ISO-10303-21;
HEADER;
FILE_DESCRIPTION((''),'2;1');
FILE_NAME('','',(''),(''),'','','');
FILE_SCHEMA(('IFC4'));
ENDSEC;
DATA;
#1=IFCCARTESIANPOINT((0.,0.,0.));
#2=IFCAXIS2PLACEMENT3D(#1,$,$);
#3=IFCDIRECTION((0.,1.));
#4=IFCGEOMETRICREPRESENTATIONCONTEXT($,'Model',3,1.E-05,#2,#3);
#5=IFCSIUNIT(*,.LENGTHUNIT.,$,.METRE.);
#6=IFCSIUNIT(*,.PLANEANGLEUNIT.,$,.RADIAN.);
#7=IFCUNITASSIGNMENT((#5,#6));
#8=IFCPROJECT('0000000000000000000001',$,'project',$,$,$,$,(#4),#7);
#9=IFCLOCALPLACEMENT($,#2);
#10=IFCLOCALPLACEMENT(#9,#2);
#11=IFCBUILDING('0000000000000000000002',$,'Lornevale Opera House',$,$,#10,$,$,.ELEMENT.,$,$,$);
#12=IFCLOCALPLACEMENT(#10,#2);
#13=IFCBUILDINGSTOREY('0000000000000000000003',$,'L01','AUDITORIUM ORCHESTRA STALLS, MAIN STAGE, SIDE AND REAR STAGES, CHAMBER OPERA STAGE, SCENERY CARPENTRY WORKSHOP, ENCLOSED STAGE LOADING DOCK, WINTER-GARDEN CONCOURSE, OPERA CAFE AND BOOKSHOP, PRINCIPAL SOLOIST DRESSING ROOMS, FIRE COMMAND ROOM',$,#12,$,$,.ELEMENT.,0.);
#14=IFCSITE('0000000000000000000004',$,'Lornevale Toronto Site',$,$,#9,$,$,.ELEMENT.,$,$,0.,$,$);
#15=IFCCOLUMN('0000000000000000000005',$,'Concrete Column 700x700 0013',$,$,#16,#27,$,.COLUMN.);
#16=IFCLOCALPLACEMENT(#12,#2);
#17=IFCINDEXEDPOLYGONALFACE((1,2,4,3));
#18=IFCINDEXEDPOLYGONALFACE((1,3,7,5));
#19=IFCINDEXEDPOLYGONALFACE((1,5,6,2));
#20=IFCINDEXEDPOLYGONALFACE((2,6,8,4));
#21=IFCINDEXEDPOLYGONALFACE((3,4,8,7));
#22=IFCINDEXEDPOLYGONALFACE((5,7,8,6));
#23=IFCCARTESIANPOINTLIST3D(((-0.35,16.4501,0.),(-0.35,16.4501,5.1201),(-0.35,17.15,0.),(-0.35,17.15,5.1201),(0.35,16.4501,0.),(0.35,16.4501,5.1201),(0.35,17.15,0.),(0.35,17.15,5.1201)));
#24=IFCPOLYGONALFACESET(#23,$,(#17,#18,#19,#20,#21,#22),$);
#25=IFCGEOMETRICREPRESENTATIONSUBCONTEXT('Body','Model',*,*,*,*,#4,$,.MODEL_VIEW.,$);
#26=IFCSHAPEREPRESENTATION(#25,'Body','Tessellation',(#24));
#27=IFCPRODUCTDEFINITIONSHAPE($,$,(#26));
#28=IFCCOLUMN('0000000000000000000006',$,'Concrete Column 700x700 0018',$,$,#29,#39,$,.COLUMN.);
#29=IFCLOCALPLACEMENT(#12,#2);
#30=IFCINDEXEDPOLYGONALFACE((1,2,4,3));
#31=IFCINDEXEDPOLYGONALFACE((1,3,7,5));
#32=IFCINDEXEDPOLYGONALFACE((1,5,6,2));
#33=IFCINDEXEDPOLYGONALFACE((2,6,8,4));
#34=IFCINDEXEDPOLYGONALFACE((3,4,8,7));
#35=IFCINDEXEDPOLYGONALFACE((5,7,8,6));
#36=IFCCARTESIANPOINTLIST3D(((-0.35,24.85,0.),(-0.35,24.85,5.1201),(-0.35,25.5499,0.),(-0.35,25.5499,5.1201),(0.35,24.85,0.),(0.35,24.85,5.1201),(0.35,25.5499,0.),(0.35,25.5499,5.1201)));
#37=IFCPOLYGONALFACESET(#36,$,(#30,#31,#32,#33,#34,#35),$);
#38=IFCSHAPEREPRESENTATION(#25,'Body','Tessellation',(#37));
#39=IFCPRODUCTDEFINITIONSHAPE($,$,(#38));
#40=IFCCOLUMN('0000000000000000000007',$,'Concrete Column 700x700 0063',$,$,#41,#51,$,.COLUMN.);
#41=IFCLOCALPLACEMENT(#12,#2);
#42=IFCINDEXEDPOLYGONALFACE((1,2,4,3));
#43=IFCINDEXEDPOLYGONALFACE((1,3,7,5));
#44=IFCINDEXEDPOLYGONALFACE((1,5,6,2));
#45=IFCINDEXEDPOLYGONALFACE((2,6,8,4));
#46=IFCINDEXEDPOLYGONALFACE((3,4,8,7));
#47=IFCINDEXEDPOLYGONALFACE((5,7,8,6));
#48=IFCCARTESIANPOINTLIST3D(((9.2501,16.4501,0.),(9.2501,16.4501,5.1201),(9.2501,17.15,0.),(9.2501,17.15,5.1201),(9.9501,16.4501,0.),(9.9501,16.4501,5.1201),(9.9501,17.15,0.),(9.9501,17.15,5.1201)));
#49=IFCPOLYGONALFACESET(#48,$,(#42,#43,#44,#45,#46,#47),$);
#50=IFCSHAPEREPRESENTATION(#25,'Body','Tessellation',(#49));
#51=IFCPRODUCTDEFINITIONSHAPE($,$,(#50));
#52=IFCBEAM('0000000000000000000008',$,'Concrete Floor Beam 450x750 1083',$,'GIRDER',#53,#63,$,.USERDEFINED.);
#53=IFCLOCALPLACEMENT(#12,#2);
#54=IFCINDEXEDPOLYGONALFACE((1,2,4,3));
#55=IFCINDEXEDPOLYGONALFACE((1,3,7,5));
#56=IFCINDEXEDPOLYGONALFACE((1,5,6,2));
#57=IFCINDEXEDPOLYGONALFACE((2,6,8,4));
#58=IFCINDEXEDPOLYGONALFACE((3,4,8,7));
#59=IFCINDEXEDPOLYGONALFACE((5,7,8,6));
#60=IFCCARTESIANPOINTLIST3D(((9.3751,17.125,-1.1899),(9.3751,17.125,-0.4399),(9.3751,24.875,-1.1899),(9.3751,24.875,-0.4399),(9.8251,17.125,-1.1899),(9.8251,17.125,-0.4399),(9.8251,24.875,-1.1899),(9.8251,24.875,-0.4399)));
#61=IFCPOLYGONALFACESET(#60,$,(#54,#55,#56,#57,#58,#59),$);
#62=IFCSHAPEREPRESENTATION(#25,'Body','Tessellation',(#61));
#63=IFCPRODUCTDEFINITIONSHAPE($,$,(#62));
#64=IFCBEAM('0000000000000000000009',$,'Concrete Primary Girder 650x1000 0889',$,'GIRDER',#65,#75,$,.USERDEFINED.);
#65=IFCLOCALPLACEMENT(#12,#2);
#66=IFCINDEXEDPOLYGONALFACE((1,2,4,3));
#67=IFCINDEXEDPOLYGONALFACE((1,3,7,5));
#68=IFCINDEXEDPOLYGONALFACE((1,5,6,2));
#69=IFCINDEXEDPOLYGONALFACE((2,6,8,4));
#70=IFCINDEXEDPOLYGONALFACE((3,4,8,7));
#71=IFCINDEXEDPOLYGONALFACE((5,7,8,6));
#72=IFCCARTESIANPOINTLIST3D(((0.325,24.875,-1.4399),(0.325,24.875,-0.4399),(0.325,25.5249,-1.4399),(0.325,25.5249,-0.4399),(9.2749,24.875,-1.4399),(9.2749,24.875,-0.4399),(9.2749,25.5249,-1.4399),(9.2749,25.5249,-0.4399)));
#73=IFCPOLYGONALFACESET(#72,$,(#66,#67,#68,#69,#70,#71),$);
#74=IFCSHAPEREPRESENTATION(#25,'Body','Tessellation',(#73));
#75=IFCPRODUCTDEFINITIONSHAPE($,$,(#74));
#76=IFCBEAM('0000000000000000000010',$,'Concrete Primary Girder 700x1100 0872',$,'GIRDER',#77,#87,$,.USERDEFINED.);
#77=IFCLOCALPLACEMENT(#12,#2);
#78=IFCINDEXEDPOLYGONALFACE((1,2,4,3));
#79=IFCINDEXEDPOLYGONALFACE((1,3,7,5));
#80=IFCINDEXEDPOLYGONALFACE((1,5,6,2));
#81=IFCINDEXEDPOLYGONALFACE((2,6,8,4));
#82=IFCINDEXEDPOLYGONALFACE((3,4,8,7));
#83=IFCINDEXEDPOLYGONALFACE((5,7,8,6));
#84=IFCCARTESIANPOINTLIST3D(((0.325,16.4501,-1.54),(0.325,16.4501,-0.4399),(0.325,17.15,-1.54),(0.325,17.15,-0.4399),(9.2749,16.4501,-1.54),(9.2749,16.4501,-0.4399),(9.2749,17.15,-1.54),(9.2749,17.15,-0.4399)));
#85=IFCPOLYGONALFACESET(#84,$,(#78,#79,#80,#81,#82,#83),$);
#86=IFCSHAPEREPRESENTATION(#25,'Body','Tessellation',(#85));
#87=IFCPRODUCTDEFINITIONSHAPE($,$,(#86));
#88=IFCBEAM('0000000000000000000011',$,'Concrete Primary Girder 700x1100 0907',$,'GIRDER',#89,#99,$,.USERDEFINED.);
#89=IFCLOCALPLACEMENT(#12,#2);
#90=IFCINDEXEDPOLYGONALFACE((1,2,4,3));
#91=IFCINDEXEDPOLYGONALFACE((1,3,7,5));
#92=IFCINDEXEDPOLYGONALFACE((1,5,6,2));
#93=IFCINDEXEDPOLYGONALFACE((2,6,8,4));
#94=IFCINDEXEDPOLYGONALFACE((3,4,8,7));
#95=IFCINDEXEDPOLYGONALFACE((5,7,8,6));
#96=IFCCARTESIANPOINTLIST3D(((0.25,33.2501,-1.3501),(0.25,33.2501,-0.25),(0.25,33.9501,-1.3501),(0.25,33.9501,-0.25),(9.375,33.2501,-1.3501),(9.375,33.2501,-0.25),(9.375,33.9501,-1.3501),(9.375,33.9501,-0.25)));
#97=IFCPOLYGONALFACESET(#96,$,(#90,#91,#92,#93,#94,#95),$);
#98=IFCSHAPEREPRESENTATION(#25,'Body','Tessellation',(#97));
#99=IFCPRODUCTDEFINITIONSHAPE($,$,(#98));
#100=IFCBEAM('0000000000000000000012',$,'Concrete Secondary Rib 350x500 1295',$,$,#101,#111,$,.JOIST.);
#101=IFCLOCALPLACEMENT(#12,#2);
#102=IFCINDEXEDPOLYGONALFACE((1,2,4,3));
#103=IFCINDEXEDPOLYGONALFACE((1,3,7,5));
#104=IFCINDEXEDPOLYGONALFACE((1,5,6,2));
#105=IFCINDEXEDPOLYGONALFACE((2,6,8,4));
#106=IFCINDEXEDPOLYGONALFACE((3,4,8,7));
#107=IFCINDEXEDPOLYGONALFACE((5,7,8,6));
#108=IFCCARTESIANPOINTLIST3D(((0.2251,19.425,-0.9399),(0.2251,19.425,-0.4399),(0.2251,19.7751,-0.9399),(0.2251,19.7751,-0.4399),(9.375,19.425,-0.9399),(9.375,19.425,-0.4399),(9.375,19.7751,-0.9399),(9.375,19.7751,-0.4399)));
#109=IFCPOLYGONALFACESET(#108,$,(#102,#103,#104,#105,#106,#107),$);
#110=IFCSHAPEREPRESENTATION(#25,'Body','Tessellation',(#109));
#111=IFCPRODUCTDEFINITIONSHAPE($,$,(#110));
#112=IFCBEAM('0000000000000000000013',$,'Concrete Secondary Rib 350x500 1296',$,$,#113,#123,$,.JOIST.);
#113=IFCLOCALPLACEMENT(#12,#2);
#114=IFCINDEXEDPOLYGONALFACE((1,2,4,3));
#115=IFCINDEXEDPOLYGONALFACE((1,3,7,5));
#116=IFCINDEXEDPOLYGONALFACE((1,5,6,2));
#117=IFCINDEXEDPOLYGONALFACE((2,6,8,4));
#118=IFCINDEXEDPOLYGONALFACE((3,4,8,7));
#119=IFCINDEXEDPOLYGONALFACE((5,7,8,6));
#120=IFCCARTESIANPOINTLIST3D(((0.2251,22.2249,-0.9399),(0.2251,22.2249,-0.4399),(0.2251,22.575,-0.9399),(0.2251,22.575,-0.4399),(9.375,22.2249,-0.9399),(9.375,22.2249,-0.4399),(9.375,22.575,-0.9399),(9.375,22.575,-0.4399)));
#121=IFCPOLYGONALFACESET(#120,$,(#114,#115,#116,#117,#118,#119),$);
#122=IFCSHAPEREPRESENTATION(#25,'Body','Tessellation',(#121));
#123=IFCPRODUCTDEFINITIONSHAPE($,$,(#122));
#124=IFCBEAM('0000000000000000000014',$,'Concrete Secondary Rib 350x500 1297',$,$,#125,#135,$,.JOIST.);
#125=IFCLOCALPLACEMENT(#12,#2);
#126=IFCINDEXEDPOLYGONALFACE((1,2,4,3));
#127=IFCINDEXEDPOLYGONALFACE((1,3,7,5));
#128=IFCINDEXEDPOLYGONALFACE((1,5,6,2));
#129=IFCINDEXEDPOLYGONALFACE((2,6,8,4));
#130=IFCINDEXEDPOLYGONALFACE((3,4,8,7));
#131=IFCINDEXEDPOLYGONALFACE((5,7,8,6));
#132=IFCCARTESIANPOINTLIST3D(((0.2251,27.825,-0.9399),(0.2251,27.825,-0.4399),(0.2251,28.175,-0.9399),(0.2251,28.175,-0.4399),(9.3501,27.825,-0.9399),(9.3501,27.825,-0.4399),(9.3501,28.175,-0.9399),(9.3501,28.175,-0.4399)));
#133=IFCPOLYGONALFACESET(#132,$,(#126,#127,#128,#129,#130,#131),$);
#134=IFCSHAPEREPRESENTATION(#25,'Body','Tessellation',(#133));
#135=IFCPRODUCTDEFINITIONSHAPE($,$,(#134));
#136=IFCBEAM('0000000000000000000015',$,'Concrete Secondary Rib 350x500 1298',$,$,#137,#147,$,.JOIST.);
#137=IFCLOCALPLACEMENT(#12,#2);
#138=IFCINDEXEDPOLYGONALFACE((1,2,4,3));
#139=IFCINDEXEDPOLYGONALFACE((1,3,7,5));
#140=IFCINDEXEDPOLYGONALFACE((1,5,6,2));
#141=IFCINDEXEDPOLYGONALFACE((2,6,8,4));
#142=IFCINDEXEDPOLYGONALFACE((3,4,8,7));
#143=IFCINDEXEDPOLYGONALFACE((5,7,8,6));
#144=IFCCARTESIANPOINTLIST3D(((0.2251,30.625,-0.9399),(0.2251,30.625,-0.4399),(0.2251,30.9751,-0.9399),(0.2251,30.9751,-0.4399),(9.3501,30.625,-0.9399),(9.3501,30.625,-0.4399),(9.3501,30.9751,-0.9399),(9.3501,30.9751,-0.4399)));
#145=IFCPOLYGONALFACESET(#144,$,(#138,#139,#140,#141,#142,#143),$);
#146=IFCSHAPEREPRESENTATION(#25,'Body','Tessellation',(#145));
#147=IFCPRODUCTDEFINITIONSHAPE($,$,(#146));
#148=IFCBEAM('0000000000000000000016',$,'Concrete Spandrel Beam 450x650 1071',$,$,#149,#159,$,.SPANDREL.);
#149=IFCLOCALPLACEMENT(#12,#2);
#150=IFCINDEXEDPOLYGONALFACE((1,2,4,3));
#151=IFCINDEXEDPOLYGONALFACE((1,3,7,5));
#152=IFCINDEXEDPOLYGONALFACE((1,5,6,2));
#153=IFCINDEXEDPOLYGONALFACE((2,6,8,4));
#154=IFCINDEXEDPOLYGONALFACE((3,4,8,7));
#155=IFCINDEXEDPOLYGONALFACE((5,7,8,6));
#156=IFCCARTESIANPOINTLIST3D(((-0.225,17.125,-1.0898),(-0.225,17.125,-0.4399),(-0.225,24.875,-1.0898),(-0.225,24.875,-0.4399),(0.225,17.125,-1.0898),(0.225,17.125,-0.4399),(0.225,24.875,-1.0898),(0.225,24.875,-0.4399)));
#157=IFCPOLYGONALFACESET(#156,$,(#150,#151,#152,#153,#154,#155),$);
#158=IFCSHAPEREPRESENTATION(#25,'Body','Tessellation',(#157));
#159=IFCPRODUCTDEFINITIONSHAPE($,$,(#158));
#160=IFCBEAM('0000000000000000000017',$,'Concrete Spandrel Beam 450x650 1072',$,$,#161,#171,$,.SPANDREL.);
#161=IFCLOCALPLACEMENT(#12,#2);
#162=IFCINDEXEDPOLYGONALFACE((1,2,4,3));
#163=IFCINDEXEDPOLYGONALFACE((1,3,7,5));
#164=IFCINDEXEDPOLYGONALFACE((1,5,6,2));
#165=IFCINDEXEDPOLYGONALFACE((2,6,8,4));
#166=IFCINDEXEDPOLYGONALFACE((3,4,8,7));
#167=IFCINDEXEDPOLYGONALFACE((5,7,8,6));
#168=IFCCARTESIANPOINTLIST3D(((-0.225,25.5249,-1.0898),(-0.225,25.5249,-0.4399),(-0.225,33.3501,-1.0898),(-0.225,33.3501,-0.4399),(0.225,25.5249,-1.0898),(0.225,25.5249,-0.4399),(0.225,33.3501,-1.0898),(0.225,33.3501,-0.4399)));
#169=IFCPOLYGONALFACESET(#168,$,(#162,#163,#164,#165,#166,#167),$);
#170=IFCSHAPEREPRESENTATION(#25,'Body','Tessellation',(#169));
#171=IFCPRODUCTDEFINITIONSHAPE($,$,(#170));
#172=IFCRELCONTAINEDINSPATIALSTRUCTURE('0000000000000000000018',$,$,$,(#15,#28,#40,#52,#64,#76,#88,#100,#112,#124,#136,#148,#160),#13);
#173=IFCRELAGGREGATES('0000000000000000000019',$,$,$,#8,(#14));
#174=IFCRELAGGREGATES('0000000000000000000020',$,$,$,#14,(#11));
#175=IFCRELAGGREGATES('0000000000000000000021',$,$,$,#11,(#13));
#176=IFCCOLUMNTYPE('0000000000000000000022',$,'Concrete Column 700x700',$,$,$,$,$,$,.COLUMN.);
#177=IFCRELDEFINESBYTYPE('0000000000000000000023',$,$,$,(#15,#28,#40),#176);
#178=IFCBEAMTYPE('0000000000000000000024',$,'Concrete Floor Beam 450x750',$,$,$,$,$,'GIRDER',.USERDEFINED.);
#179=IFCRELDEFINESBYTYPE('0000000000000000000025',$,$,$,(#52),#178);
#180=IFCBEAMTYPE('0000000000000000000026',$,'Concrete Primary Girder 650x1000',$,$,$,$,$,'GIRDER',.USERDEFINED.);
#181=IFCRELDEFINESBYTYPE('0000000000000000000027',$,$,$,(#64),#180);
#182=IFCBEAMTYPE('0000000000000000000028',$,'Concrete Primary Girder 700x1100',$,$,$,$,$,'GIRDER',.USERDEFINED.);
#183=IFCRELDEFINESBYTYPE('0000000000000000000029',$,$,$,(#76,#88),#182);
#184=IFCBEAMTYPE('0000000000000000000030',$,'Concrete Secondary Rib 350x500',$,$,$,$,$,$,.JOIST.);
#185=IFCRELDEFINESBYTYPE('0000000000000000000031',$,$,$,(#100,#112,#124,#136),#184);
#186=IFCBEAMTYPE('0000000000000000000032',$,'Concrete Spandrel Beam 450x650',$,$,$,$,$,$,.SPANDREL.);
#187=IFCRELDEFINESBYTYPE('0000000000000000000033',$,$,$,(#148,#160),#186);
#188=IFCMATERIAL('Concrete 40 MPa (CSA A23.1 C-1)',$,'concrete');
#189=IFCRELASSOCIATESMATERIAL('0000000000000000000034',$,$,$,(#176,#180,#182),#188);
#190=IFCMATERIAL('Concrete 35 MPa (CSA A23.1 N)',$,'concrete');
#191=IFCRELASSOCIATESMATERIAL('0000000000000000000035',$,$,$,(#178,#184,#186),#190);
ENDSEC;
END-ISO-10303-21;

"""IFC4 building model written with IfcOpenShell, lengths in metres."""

from ifc_helpers import new_model, si_unit, direction, frame, origin, origin_2d, place, context, subcontext, project, spatial, rectangle, extrude, material, material_profile, profile_set, type_object, element, save


model = new_model("IFC4")

# Units and contexts
model_context = context("Model", 3, precision=1e-05, world=origin(), true_north=direction((0.0, 1.0)))
body_context = subcontext(model_context, "Body", "Model", "MODEL_VIEW")
ifc_project = project(units=[si_unit("LENGTHUNIT", "METRE"), si_unit("PLANEANGLEUNIT", "RADIAN")], contexts=[model_context])

# Site, building, storey
site_placement = place(None, origin())
site = spatial("IfcSite", under=ifc_project, at=site_placement, Name="Lornevale Toronto Site", CompositionType="ELEMENT", RefElevation=0.0)
building_placement = place(site_placement, origin())
building = spatial("IfcBuilding", under=site, at=building_placement, Name="Lornevale Opera House", CompositionType="ELEMENT")
storey_placement = place(building_placement, origin())
storey = spatial("IfcBuildingStorey", under=building, at=storey_placement, Name="L01", Description="AUDITORIUM ORCHESTRA STALLS, MAIN STAGE, SIDE AND REAR STAGES, CHAMBER OPERA STAGE, SCENERY CARPENTRY WORKSHOP, ENCLOSED STAGE LOADING DOCK, WINTER-GARDEN CONCOURSE, OPERA CAFE AND BOOKSHOP, PRINCIPAL SOLOIST DRESSING ROOMS, FIRE COMMAND ROOM", CompositionType="ELEMENT", Elevation=0.0)

# Columns
ifc_material_1 = material(Name="Concrete 40 MPa (CSA A23.1 C-1)", Category="concrete")
ifc_material_profile_1 = material_profile(ifc_material_1, rectangle(XDim=0.7, YDim=0.7, at=origin_2d()), Name="RC700x700")
ifc_profile_set_1 = profile_set([ifc_material_profile_1], Name="Concrete 40 MPa (CSA A23.1 C-1)")
column_type = type_object("IfcColumnType", Name="Concrete Column 700x700", PredefinedType="COLUMN", material=ifc_profile_set_1)
for number, where, z_axis, x_axis, name in (
    (1, (0.0, 16.8, 0.0), (0.0, 0.0, 1.0), (1.0, 0.0, 0.0), "Concrete Column 700x700 0013"),
    (2, (0.0, 25.2, 0.0), (0.0, 0.0, 1.0), (1.0, 0.0, 0.0), "Concrete Column 700x700 0018"),
    (3, (9.6001, 16.8, 0.0), (0.0, 0.0, 1.0), (1.0, 0.0, 0.0), "Concrete Column 700x700 0063"),
):
    element("IfcColumn", number, at=place(storey_placement, frame(where, z_axis=z_axis, x_axis=x_axis)), inside=storey, type_object=column_type, Name=name, PredefinedType="COLUMN", context=body_context, shape_type="SweptSolid", body=[
        extrude(rectangle(XDim=0.7, YDim=0.7, at=origin_2d()), origin(), (0.0, 0.0, 1.0), 5.1201),
    ])

# Beams
ifc_material_2 = material(Name="Concrete 35 MPa (CSA A23.1 N)", Category="concrete")
ifc_material_profile_2 = material_profile(ifc_material_2, rectangle(XDim=0.45, YDim=0.75, at=origin_2d()), Name="RC450x750")
ifc_profile_set_2 = profile_set([ifc_material_profile_2], Name="Concrete 35 MPa (CSA A23.1 N)")
beam_type_1 = type_object("IfcBeamType", Name="Concrete Floor Beam 450x750", ElementType="GIRDER", PredefinedType="USERDEFINED", material=ifc_profile_set_2)
beam_1_placement = place(storey_placement, frame((9.6001, 17.125, -0.8149), z_axis=(0.0, 1.0, 0.0), x_axis=(-1.0, 0.0, 0.0)))
element("IfcBeam", 4, at=beam_1_placement, inside=storey, type_object=beam_type_1, Name="Concrete Floor Beam 450x750 1083", ObjectType="GIRDER", PredefinedType="USERDEFINED", context=body_context, shape_type="SweptSolid", body=[
    extrude(rectangle(XDim=0.45, YDim=0.75, at=origin_2d()), origin(), (0.0, 0.0, 1.0), 7.75),
])
ifc_material_profile_3 = material_profile(ifc_material_1, rectangle(XDim=0.6499, YDim=1.0, at=origin_2d()), Name="RC650x1000")
ifc_profile_set_3 = profile_set([ifc_material_profile_3], Name="Concrete 40 MPa (CSA A23.1 C-1)")
beam_type_2 = type_object("IfcBeamType", Name="Concrete Primary Girder 650x1000", ElementType="GIRDER", PredefinedType="USERDEFINED", material=ifc_profile_set_3)
beam_2_placement = place(storey_placement, frame((0.325, 25.2, -0.9399), z_axis=(1.0, 0.0, 0.0), x_axis=(0.0, 1.0, 0.0)))
element("IfcBeam", 5, at=beam_2_placement, inside=storey, type_object=beam_type_2, Name="Concrete Primary Girder 650x1000 0889", ObjectType="GIRDER", PredefinedType="USERDEFINED", context=body_context, shape_type="SweptSolid", body=[
    extrude(rectangle(XDim=0.6499, YDim=1.0, at=origin_2d()), origin(), (0.0, 0.0, 1.0), 8.95),
])
ifc_material_profile_4 = material_profile(ifc_material_1, rectangle(XDim=0.7, YDim=1.1001, at=origin_2d()), Name="RC700x1100")
ifc_profile_set_4 = profile_set([ifc_material_profile_4], Name="Concrete 40 MPa (CSA A23.1 C-1)")
beam_type_3 = type_object("IfcBeamType", Name="Concrete Primary Girder 700x1100", ElementType="GIRDER", PredefinedType="USERDEFINED", material=ifc_profile_set_4)
beam_3_placement = place(storey_placement, frame((0.325, 16.8, -0.99), z_axis=(1.0, 0.0, 0.0), x_axis=(0.0, 1.0, 0.0)))
element("IfcBeam", 6, at=beam_3_placement, inside=storey, type_object=beam_type_3, Name="Concrete Primary Girder 700x1100 0872", ObjectType="GIRDER", PredefinedType="USERDEFINED", context=body_context, shape_type="SweptSolid", body=[
    extrude(rectangle(XDim=0.7, YDim=1.1001, at=origin_2d()), origin(), (0.0, 0.0, 1.0), 8.95),
])
beam_4_placement = place(storey_placement, frame((0.25, 33.6001, -0.8), z_axis=(1.0, 0.0, 0.0), x_axis=(0.0, 1.0, 0.0)))
element("IfcBeam", 7, at=beam_4_placement, inside=storey, type_object=beam_type_3, Name="Concrete Primary Girder 700x1100 0907", ObjectType="GIRDER", PredefinedType="USERDEFINED", context=body_context, shape_type="SweptSolid", body=[
    extrude(rectangle(XDim=0.7, YDim=1.1001, at=origin_2d()), origin(), (0.0, 0.0, 1.0), 9.125),
])
ifc_material_profile_5 = material_profile(ifc_material_2, rectangle(XDim=0.3501, YDim=0.5, at=origin_2d()), Name="RC350x500")
ifc_profile_set_5 = profile_set([ifc_material_profile_5], Name="Concrete 35 MPa (CSA A23.1 N)")
beam_type_4 = type_object("IfcBeamType", Name="Concrete Secondary Rib 350x500", PredefinedType="JOIST", material=ifc_profile_set_5)
for number, where, z_axis, x_axis, name in (
    (8, (0.2251, 19.6001, -0.6899), (1.0, 0.0, 0.0), (0.0, 1.0, 0.0), "Concrete Secondary Rib 350x500 1295"),
    (9, (0.2251, 22.3999, -0.6899), (1.0, 0.0, 0.0), (0.0, 1.0, 0.0), "Concrete Secondary Rib 350x500 1296"),
):
    element("IfcBeam", number, at=place(storey_placement, frame(where, z_axis=z_axis, x_axis=x_axis)), inside=storey, type_object=beam_type_4, Name=name, PredefinedType="JOIST", context=body_context, shape_type="SweptSolid", body=[
        extrude(rectangle(XDim=0.3501, YDim=0.5, at=origin_2d()), origin(), (0.0, 0.0, 1.0), 9.1499),
    ])
for number, where, z_axis, x_axis, name in (
    (10, (0.2251, 28.0, -0.6899), (1.0, 0.0, 0.0), (0.0, 1.0, 0.0), "Concrete Secondary Rib 350x500 1297"),
    (11, (0.2251, 30.8, -0.6899), (1.0, 0.0, 0.0), (0.0, 1.0, 0.0), "Concrete Secondary Rib 350x500 1298"),
):
    element("IfcBeam", number, at=place(storey_placement, frame(where, z_axis=z_axis, x_axis=x_axis)), inside=storey, type_object=beam_type_4, Name=name, PredefinedType="JOIST", context=body_context, shape_type="SweptSolid", body=[
        extrude(rectangle(XDim=0.3501, YDim=0.5, at=origin_2d()), origin(), (0.0, 0.0, 1.0), 9.125),
    ])
ifc_material_profile_6 = material_profile(ifc_material_2, rectangle(XDim=0.45, YDim=0.6499, at=origin_2d()), Name="RC450x650")
ifc_profile_set_6 = profile_set([ifc_material_profile_6], Name="Concrete 35 MPa (CSA A23.1 N)")
beam_type_5 = type_object("IfcBeamType", Name="Concrete Spandrel Beam 450x650", PredefinedType="SPANDREL", material=ifc_profile_set_6)
beam_5_placement = place(storey_placement, frame((0.0, 17.125, -0.7649), z_axis=(0.0, 1.0, 0.0), x_axis=(-1.0, 0.0, 0.0)))
element("IfcBeam", 12, at=beam_5_placement, inside=storey, type_object=beam_type_5, Name="Concrete Spandrel Beam 450x650 1071", PredefinedType="SPANDREL", context=body_context, shape_type="SweptSolid", body=[
    extrude(rectangle(XDim=0.45, YDim=0.6499, at=origin_2d()), origin(), (0.0, 0.0, 1.0), 7.75),
])
beam_6_placement = place(storey_placement, frame((0.0, 25.5249, -0.7649), z_axis=(0.0, 1.0, 0.0), x_axis=(-1.0, 0.0, 0.0)))
element("IfcBeam", 13, at=beam_6_placement, inside=storey, type_object=beam_type_5, Name="Concrete Spandrel Beam 450x650 1072", PredefinedType="SPANDREL", context=body_context, shape_type="SweptSolid", body=[
    extrude(rectangle(XDim=0.45, YDim=0.6499, at=origin_2d()), origin(), (0.0, 0.0, 1.0), 7.8252),
])

save(model, "model.ifc")
